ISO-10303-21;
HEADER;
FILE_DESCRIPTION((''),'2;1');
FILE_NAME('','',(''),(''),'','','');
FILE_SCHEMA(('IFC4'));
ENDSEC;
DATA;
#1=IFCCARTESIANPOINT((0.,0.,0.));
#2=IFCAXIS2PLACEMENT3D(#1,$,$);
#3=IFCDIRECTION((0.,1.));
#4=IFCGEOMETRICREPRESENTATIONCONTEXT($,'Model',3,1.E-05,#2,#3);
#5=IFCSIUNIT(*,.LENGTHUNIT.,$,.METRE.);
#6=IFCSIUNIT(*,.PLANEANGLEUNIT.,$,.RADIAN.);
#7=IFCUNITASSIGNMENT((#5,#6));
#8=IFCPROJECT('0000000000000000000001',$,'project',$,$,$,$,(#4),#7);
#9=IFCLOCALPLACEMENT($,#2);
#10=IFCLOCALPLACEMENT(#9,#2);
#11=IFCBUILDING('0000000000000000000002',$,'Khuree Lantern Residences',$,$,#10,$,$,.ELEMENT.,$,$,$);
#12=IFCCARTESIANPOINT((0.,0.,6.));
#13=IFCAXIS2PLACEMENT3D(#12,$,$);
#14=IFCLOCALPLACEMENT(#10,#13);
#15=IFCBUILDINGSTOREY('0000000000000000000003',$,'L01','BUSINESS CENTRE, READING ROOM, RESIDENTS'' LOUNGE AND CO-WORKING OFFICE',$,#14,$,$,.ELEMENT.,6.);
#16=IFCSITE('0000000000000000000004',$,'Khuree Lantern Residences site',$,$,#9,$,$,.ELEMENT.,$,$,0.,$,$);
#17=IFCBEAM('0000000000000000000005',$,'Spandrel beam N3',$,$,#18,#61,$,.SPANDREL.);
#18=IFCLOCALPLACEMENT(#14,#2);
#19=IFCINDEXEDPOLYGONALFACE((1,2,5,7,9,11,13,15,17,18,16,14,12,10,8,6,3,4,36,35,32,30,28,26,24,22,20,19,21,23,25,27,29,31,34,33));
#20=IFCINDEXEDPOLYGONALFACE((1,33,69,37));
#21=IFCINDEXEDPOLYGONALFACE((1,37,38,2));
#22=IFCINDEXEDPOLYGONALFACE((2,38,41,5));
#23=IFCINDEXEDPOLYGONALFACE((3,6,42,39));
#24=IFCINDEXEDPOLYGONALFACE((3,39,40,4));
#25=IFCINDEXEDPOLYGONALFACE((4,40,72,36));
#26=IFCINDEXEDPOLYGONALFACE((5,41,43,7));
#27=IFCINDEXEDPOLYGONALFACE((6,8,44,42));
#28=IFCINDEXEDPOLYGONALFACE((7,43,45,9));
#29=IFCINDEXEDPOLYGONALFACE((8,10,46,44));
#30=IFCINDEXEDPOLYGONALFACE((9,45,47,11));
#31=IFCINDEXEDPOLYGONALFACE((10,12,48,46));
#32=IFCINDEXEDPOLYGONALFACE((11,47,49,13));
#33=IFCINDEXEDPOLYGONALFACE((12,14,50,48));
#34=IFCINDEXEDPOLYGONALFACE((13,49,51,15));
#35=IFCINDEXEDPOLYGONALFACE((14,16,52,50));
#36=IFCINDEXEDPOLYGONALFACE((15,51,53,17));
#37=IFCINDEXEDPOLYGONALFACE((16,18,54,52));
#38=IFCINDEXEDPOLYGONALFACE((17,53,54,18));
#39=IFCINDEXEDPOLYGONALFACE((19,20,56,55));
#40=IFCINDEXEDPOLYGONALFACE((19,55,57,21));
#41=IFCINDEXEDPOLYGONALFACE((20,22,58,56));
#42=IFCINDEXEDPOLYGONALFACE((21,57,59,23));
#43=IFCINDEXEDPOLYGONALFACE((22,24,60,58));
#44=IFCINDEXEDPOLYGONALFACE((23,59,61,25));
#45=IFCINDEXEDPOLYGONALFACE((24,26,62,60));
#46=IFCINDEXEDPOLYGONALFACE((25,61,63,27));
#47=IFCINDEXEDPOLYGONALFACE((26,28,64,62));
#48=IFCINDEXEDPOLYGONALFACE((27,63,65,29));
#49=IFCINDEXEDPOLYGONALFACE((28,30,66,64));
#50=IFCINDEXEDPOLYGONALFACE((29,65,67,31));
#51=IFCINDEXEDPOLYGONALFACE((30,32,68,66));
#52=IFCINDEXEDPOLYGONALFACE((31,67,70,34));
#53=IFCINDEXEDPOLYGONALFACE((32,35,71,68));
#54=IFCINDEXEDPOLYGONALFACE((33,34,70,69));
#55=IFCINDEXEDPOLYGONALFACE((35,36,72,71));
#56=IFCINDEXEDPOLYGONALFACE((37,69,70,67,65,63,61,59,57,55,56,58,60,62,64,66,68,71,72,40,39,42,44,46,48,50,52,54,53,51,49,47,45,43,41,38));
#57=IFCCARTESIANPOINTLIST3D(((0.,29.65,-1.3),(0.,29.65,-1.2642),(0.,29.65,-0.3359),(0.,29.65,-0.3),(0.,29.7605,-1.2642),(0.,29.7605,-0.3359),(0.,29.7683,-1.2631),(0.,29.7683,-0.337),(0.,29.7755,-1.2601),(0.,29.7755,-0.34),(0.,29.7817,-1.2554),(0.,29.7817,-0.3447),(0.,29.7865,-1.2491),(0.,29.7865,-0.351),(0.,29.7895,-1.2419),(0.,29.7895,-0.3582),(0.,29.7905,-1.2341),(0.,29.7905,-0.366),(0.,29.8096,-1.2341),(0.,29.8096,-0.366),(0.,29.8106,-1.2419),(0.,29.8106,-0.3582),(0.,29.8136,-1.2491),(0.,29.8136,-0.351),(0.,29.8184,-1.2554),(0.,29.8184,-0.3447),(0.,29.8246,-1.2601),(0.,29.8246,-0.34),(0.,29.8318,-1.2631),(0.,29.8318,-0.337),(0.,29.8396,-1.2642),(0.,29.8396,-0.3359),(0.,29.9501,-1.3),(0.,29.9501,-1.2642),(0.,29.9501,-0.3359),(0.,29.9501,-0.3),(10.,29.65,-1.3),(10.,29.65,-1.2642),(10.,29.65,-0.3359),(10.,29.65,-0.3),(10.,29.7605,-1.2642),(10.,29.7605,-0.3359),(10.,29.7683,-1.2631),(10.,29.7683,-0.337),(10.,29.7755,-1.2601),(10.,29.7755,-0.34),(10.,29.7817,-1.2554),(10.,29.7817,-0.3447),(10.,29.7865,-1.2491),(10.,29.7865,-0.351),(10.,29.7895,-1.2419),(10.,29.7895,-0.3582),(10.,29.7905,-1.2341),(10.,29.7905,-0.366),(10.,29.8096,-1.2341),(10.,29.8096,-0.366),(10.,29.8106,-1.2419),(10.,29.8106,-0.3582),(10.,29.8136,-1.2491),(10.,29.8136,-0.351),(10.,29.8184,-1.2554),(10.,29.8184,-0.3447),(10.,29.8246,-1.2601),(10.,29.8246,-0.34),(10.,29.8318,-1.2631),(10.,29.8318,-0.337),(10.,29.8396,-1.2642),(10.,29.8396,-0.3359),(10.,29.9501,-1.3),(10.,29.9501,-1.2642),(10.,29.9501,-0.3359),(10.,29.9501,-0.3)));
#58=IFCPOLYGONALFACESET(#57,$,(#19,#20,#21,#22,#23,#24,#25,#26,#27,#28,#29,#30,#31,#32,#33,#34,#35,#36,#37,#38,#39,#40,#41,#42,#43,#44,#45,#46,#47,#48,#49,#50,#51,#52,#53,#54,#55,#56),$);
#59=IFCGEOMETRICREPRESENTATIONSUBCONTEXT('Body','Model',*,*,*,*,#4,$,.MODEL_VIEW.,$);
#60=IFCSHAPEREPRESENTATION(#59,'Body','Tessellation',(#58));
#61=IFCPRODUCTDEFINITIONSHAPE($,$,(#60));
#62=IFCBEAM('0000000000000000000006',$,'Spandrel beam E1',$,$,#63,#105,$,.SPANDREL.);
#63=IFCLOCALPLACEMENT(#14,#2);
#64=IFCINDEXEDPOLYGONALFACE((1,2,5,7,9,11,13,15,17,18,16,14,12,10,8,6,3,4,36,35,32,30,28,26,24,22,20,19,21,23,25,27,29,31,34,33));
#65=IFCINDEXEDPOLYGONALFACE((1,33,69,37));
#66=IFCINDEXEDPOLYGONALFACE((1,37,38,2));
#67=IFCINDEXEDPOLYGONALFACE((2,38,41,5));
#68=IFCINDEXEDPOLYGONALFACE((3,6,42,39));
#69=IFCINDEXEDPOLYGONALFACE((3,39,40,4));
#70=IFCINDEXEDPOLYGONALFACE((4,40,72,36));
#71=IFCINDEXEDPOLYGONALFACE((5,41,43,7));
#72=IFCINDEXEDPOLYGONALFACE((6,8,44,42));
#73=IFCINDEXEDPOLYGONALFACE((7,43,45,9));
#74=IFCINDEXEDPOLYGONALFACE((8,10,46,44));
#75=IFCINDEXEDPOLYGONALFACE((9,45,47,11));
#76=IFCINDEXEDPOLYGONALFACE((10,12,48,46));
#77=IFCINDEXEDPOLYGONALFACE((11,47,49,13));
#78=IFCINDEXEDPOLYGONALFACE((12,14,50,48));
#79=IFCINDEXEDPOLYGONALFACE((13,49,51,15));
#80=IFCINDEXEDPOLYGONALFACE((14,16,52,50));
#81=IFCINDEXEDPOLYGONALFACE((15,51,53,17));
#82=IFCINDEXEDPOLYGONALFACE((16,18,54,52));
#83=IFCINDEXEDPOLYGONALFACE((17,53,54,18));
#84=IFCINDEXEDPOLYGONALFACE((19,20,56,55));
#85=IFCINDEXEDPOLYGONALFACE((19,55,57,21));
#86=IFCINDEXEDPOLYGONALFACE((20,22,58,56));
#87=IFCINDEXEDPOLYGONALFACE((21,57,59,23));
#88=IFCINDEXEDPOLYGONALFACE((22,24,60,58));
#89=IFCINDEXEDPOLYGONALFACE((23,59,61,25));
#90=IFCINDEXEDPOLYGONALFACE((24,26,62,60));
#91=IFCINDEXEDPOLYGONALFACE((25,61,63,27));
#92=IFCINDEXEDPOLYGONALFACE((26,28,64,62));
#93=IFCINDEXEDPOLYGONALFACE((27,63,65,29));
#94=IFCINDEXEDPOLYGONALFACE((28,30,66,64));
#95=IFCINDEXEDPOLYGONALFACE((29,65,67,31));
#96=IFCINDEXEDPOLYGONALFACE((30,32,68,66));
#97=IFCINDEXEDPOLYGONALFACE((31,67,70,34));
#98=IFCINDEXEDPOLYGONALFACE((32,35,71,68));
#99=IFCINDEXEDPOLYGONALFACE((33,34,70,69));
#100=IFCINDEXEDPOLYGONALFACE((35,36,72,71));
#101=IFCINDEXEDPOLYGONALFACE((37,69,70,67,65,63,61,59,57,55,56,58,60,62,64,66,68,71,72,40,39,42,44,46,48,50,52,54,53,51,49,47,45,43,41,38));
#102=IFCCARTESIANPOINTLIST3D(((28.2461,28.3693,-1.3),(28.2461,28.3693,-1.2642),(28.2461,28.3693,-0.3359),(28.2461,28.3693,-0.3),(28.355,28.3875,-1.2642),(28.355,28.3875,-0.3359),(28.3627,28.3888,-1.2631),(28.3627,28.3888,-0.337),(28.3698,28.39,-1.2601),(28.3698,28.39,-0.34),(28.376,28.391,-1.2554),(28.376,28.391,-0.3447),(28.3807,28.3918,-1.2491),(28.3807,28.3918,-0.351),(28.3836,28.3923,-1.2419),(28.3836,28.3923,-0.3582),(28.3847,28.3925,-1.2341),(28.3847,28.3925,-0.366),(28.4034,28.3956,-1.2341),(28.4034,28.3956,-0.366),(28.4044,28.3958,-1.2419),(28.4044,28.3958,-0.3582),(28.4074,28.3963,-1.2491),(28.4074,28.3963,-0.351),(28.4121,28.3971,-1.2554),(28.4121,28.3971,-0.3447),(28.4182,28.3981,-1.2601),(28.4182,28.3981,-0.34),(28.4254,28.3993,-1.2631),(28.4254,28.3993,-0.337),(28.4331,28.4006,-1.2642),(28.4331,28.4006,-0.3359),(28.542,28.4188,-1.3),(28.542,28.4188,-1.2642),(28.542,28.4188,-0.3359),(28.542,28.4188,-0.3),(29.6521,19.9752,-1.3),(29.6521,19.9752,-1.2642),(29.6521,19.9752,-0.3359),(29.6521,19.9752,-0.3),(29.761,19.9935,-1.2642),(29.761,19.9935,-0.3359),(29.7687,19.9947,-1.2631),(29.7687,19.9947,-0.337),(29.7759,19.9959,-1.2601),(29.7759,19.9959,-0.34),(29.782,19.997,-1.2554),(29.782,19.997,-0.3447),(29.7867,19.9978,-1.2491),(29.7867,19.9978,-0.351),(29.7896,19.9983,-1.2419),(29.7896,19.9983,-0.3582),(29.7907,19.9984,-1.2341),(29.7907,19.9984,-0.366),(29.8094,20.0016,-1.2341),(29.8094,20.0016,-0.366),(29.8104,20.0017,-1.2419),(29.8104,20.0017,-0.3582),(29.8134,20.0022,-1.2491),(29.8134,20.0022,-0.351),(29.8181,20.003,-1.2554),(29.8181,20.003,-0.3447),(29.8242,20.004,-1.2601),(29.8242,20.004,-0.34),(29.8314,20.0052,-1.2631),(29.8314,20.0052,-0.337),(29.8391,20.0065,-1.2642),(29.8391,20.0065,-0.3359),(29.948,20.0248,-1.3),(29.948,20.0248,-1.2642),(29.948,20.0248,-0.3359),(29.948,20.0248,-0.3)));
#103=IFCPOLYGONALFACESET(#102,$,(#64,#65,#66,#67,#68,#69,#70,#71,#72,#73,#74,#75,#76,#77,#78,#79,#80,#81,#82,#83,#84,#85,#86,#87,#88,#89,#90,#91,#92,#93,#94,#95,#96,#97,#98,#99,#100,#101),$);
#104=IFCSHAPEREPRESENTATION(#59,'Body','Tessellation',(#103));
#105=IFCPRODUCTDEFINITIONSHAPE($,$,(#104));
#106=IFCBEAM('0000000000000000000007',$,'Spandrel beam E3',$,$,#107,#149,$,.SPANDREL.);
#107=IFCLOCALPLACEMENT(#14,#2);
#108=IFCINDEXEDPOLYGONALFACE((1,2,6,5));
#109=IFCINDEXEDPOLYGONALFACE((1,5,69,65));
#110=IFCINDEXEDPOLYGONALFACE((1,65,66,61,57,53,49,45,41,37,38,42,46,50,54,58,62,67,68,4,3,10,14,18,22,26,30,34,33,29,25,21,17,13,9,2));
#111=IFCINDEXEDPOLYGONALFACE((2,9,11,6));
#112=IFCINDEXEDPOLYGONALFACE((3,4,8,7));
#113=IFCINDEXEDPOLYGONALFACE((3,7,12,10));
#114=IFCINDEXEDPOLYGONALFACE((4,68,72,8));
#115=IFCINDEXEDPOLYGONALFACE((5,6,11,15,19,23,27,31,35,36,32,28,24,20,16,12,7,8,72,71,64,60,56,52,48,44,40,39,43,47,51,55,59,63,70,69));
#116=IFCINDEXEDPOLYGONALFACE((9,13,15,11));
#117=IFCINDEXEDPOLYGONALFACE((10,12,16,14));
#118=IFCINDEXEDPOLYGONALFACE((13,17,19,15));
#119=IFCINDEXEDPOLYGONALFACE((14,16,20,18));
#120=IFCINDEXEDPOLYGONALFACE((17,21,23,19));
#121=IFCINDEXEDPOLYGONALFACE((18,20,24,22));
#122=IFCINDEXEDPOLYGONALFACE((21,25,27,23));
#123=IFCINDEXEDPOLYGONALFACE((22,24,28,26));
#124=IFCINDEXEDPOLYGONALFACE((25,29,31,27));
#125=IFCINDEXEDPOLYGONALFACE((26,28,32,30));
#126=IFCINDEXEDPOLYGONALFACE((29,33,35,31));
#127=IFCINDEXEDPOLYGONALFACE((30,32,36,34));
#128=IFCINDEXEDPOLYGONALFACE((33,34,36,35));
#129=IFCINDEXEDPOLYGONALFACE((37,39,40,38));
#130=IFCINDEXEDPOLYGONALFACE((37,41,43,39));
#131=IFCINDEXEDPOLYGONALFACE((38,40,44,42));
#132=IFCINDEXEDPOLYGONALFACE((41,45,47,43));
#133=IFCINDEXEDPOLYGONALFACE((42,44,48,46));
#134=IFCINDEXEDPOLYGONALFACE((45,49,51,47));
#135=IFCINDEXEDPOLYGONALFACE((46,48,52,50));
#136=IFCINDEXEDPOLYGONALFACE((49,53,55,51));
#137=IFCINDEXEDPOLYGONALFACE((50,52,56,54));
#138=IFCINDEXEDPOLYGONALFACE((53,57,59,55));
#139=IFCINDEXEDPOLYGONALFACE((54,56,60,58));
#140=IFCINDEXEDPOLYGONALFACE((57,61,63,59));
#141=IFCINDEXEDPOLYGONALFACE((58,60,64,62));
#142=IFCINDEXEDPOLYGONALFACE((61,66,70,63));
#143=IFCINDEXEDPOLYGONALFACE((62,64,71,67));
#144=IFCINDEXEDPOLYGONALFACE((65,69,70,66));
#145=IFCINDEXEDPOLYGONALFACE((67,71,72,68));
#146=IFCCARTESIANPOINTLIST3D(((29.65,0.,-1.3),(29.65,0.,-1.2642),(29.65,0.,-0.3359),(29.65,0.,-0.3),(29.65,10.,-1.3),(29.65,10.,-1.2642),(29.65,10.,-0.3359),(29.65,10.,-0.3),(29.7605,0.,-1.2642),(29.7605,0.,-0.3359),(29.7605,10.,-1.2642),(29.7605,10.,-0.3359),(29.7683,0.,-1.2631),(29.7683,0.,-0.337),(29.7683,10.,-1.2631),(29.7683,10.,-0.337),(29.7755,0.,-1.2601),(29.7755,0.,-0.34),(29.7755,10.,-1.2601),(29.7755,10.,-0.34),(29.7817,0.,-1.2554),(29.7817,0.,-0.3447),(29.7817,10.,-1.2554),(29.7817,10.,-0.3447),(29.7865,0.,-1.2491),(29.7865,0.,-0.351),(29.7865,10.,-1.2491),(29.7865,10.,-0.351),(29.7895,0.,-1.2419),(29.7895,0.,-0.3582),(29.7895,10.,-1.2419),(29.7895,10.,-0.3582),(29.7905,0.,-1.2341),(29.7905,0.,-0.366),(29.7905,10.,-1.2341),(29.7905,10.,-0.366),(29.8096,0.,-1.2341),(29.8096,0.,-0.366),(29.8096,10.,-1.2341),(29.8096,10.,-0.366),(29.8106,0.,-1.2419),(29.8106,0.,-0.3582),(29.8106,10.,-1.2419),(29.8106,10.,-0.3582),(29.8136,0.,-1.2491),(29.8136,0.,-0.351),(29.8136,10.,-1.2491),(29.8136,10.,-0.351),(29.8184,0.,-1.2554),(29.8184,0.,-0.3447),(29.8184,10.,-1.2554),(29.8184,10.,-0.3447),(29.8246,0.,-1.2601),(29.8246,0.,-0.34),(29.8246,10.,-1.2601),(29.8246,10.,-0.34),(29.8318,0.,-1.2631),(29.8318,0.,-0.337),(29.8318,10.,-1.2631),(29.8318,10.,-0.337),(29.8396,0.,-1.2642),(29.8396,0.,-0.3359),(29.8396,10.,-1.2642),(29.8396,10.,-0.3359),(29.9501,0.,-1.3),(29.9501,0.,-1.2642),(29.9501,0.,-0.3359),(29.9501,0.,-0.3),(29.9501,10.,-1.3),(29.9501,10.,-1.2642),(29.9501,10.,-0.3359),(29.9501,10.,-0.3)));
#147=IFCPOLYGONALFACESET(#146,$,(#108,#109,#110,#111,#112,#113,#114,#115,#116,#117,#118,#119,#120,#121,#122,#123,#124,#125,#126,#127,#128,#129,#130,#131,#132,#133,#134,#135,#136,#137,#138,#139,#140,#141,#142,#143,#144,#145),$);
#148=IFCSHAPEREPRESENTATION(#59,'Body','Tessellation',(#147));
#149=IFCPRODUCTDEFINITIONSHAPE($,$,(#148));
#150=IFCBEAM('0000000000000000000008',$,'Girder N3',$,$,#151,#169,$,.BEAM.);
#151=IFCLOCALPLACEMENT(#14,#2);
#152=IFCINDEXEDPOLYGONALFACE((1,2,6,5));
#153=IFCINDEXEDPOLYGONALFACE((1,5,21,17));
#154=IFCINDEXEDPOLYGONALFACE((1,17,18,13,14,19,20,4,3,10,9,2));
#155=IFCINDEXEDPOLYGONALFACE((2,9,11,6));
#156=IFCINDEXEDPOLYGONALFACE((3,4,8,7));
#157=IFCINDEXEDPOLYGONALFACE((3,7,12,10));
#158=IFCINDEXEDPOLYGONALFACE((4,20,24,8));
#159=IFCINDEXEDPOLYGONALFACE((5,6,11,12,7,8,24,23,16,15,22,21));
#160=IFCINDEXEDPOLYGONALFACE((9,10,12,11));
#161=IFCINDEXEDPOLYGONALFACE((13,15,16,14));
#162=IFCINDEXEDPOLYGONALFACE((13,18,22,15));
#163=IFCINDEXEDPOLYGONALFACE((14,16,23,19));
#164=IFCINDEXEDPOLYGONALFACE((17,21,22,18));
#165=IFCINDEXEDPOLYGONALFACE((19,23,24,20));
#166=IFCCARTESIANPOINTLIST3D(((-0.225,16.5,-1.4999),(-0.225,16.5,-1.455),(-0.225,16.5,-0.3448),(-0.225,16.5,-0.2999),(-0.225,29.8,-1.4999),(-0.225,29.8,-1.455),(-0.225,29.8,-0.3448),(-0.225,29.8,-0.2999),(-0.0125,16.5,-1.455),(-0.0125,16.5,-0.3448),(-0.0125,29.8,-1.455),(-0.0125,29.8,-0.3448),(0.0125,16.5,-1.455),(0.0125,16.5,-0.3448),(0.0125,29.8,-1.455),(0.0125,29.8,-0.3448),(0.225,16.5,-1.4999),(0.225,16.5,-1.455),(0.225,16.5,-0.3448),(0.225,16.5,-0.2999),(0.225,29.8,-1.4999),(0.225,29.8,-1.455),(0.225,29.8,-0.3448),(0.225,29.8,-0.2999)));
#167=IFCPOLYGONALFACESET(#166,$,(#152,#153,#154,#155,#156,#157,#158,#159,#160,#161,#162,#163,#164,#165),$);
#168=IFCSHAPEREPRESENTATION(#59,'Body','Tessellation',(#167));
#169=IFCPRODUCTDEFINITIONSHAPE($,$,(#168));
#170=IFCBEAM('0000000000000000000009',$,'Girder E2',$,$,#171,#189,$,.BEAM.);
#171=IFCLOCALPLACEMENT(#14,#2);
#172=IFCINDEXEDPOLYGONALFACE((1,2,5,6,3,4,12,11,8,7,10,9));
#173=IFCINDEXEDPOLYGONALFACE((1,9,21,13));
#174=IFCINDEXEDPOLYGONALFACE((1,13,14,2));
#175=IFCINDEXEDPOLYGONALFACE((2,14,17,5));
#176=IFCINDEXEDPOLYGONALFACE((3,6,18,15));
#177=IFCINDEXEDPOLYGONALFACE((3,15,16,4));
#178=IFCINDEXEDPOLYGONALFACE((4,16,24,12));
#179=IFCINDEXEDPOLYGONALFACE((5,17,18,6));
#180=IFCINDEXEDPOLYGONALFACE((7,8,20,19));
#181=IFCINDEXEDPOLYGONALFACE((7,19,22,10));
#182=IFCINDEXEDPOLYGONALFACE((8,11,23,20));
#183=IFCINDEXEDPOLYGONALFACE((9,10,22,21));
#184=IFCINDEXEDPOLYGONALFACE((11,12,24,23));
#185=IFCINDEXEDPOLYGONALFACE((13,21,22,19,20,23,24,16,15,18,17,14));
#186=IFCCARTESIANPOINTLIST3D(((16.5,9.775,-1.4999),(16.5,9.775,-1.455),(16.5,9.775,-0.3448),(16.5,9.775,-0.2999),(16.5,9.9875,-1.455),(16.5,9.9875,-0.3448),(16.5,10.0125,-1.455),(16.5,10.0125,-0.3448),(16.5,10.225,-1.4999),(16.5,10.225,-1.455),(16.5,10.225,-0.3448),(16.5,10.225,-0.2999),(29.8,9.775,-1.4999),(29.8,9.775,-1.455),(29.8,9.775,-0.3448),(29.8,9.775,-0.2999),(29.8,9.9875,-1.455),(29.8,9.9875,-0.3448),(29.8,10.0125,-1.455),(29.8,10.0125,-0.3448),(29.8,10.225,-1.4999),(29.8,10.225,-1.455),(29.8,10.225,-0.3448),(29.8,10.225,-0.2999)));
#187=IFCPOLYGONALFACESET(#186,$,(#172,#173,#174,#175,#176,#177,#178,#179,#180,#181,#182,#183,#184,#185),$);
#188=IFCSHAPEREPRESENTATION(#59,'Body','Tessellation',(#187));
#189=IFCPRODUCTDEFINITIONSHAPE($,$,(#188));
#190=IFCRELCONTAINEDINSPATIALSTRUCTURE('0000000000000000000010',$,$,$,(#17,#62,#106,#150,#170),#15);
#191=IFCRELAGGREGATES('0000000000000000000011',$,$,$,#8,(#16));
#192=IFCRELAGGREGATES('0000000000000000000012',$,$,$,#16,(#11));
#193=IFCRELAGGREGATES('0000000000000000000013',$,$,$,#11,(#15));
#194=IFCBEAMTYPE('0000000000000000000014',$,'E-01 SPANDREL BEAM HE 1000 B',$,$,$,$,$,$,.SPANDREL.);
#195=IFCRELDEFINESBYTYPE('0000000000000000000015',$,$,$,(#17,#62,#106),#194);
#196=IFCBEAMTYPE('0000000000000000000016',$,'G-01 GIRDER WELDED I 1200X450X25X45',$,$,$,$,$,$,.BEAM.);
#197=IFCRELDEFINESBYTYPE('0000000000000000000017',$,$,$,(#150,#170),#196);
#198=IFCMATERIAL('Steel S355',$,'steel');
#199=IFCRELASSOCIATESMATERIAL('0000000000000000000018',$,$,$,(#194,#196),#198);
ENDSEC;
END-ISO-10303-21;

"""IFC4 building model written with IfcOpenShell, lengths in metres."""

from ifc_helpers import new_model, si_unit, direction, frame, origin, origin_2d, place, context, subcontext, project, spatial, i_section, extrude, material, material_profile, profile_set, type_object, element, save


model = new_model("IFC4")

# Units and contexts
model_context = context("Model", 3, precision=1e-05, world=origin(), true_north=direction((0.0, 1.0)))
body_context = subcontext(model_context, "Body", "Model", "MODEL_VIEW")
ifc_project = project(units=[si_unit("LENGTHUNIT", "METRE"), si_unit("PLANEANGLEUNIT", "RADIAN")], contexts=[model_context])

# Site, building, storey
site_placement = place(None, origin())
site = spatial("IfcSite", under=ifc_project, at=site_placement, Name="Khuree Lantern Residences site", CompositionType="ELEMENT", RefElevation=0.0)
building_placement = place(site_placement, origin())
building = spatial("IfcBuilding", under=site, at=building_placement, Name="Khuree Lantern Residences", CompositionType="ELEMENT")
storey_placement = place(building_placement, frame((0.0, 0.0, 6.0)))
storey = spatial("IfcBuildingStorey", under=building, at=storey_placement, Name="L01", Description="BUSINESS CENTRE, READING ROOM, RESIDENTS' LOUNGE AND CO-WORKING OFFICE", CompositionType="ELEMENT", Elevation=6.0)

# Beams
ifc_material_1 = material(Name="Steel S355", Category="steel")
ifc_material_profile_1 = material_profile(ifc_material_1, i_section(OverallWidth=0.3, OverallDepth=1.0, WebThickness=0.019, FlangeThickness=0.0359, FilletRadius=0.03, at=origin_2d()), Name="HE 1000 B")
ifc_profile_set_1 = profile_set([ifc_material_profile_1], Name="Steel S355")
beam_type_1 = type_object("IfcBeamType", Name="E-01 SPANDREL BEAM HE 1000 B", PredefinedType="SPANDREL", material=ifc_profile_set_1)
beam_1_placement = place(storey_placement, frame((0.0, 29.8, -0.8), z_axis=(1.0, 0.0, 0.0), x_axis=(0.0, 1.0, 0.0)))
element("IfcBeam", 1, at=beam_1_placement, inside=storey, type_object=beam_type_1, Name="Spandrel beam N3", PredefinedType="SPANDREL", context=body_context, shape_type="SweptSolid", body=[
    extrude(i_section(OverallWidth=0.3, OverallDepth=1.0, WebThickness=0.019, FlangeThickness=0.0359, FilletRadius=0.03, at=origin_2d()), origin(), (0.0, 0.0, 1.0), 10.0),
])
beam_2_placement = place(storey_placement, frame((28.394, 28.394, -0.8), z_axis=(0.165199, -0.98626, 0.0), x_axis=(0.98626, 0.165199, 0.0)))
element("IfcBeam", 2, at=beam_2_placement, inside=storey, type_object=beam_type_1, Name="Spandrel beam E1", PredefinedType="SPANDREL", context=body_context, shape_type="SweptSolid", body=[
    extrude(i_section(OverallWidth=0.3, OverallDepth=1.0, WebThickness=0.019, FlangeThickness=0.0359, FilletRadius=0.03, at=origin_2d()), origin(), (0.0, 0.0, 1.0), 8.511),
])
beam_3_placement = place(storey_placement, frame((29.8, 10.0, -0.8), z_axis=(0.0, -1.0, 0.0), x_axis=(1.0, 0.0, 0.0)))
element("IfcBeam", 3, at=beam_3_placement, inside=storey, type_object=beam_type_1, Name="Spandrel beam E3", PredefinedType="SPANDREL", context=body_context, shape_type="SweptSolid", body=[
    extrude(i_section(OverallWidth=0.3, OverallDepth=1.0, WebThickness=0.019, FlangeThickness=0.0359, FilletRadius=0.03, at=origin_2d()), origin(), (0.0, 0.0, 1.0), 10.0),
])
ifc_material_profile_2 = material_profile(ifc_material_1, i_section(OverallWidth=0.45, OverallDepth=1.2, WebThickness=0.0249, FlangeThickness=0.0449, at=origin_2d()), Name="WELDED I 1200X450X25X45")
ifc_profile_set_2 = profile_set([ifc_material_profile_2], Name="Steel S355")
beam_type_2 = type_object("IfcBeamType", Name="G-01 GIRDER WELDED I 1200X450X25X45", PredefinedType="BEAM", material=ifc_profile_set_2)
for number, where, z_axis, x_axis, name in (
    (4, (0.0, 29.8, -0.8999), (0.0, -1.0, 0.0), (1.0, 0.0, 0.0), "Girder N3"),
    (5, (29.8, 10.0, -0.8999), (-1.0, 0.0, 0.0), (0.0, -1.0, 0.0), "Girder E2"),
):
    element("IfcBeam", number, at=place(storey_placement, frame(where, z_axis=z_axis, x_axis=x_axis)), inside=storey, type_object=beam_type_2, Name=name, PredefinedType="BEAM", context=body_context, shape_type="SweptSolid", body=[
        extrude(i_section(OverallWidth=0.45, OverallDepth=1.2, WebThickness=0.0249, FlangeThickness=0.0449, at=origin_2d()), origin(), (0.0, 0.0, 1.0), 13.3),
    ])

save(model, "model.ifc")
